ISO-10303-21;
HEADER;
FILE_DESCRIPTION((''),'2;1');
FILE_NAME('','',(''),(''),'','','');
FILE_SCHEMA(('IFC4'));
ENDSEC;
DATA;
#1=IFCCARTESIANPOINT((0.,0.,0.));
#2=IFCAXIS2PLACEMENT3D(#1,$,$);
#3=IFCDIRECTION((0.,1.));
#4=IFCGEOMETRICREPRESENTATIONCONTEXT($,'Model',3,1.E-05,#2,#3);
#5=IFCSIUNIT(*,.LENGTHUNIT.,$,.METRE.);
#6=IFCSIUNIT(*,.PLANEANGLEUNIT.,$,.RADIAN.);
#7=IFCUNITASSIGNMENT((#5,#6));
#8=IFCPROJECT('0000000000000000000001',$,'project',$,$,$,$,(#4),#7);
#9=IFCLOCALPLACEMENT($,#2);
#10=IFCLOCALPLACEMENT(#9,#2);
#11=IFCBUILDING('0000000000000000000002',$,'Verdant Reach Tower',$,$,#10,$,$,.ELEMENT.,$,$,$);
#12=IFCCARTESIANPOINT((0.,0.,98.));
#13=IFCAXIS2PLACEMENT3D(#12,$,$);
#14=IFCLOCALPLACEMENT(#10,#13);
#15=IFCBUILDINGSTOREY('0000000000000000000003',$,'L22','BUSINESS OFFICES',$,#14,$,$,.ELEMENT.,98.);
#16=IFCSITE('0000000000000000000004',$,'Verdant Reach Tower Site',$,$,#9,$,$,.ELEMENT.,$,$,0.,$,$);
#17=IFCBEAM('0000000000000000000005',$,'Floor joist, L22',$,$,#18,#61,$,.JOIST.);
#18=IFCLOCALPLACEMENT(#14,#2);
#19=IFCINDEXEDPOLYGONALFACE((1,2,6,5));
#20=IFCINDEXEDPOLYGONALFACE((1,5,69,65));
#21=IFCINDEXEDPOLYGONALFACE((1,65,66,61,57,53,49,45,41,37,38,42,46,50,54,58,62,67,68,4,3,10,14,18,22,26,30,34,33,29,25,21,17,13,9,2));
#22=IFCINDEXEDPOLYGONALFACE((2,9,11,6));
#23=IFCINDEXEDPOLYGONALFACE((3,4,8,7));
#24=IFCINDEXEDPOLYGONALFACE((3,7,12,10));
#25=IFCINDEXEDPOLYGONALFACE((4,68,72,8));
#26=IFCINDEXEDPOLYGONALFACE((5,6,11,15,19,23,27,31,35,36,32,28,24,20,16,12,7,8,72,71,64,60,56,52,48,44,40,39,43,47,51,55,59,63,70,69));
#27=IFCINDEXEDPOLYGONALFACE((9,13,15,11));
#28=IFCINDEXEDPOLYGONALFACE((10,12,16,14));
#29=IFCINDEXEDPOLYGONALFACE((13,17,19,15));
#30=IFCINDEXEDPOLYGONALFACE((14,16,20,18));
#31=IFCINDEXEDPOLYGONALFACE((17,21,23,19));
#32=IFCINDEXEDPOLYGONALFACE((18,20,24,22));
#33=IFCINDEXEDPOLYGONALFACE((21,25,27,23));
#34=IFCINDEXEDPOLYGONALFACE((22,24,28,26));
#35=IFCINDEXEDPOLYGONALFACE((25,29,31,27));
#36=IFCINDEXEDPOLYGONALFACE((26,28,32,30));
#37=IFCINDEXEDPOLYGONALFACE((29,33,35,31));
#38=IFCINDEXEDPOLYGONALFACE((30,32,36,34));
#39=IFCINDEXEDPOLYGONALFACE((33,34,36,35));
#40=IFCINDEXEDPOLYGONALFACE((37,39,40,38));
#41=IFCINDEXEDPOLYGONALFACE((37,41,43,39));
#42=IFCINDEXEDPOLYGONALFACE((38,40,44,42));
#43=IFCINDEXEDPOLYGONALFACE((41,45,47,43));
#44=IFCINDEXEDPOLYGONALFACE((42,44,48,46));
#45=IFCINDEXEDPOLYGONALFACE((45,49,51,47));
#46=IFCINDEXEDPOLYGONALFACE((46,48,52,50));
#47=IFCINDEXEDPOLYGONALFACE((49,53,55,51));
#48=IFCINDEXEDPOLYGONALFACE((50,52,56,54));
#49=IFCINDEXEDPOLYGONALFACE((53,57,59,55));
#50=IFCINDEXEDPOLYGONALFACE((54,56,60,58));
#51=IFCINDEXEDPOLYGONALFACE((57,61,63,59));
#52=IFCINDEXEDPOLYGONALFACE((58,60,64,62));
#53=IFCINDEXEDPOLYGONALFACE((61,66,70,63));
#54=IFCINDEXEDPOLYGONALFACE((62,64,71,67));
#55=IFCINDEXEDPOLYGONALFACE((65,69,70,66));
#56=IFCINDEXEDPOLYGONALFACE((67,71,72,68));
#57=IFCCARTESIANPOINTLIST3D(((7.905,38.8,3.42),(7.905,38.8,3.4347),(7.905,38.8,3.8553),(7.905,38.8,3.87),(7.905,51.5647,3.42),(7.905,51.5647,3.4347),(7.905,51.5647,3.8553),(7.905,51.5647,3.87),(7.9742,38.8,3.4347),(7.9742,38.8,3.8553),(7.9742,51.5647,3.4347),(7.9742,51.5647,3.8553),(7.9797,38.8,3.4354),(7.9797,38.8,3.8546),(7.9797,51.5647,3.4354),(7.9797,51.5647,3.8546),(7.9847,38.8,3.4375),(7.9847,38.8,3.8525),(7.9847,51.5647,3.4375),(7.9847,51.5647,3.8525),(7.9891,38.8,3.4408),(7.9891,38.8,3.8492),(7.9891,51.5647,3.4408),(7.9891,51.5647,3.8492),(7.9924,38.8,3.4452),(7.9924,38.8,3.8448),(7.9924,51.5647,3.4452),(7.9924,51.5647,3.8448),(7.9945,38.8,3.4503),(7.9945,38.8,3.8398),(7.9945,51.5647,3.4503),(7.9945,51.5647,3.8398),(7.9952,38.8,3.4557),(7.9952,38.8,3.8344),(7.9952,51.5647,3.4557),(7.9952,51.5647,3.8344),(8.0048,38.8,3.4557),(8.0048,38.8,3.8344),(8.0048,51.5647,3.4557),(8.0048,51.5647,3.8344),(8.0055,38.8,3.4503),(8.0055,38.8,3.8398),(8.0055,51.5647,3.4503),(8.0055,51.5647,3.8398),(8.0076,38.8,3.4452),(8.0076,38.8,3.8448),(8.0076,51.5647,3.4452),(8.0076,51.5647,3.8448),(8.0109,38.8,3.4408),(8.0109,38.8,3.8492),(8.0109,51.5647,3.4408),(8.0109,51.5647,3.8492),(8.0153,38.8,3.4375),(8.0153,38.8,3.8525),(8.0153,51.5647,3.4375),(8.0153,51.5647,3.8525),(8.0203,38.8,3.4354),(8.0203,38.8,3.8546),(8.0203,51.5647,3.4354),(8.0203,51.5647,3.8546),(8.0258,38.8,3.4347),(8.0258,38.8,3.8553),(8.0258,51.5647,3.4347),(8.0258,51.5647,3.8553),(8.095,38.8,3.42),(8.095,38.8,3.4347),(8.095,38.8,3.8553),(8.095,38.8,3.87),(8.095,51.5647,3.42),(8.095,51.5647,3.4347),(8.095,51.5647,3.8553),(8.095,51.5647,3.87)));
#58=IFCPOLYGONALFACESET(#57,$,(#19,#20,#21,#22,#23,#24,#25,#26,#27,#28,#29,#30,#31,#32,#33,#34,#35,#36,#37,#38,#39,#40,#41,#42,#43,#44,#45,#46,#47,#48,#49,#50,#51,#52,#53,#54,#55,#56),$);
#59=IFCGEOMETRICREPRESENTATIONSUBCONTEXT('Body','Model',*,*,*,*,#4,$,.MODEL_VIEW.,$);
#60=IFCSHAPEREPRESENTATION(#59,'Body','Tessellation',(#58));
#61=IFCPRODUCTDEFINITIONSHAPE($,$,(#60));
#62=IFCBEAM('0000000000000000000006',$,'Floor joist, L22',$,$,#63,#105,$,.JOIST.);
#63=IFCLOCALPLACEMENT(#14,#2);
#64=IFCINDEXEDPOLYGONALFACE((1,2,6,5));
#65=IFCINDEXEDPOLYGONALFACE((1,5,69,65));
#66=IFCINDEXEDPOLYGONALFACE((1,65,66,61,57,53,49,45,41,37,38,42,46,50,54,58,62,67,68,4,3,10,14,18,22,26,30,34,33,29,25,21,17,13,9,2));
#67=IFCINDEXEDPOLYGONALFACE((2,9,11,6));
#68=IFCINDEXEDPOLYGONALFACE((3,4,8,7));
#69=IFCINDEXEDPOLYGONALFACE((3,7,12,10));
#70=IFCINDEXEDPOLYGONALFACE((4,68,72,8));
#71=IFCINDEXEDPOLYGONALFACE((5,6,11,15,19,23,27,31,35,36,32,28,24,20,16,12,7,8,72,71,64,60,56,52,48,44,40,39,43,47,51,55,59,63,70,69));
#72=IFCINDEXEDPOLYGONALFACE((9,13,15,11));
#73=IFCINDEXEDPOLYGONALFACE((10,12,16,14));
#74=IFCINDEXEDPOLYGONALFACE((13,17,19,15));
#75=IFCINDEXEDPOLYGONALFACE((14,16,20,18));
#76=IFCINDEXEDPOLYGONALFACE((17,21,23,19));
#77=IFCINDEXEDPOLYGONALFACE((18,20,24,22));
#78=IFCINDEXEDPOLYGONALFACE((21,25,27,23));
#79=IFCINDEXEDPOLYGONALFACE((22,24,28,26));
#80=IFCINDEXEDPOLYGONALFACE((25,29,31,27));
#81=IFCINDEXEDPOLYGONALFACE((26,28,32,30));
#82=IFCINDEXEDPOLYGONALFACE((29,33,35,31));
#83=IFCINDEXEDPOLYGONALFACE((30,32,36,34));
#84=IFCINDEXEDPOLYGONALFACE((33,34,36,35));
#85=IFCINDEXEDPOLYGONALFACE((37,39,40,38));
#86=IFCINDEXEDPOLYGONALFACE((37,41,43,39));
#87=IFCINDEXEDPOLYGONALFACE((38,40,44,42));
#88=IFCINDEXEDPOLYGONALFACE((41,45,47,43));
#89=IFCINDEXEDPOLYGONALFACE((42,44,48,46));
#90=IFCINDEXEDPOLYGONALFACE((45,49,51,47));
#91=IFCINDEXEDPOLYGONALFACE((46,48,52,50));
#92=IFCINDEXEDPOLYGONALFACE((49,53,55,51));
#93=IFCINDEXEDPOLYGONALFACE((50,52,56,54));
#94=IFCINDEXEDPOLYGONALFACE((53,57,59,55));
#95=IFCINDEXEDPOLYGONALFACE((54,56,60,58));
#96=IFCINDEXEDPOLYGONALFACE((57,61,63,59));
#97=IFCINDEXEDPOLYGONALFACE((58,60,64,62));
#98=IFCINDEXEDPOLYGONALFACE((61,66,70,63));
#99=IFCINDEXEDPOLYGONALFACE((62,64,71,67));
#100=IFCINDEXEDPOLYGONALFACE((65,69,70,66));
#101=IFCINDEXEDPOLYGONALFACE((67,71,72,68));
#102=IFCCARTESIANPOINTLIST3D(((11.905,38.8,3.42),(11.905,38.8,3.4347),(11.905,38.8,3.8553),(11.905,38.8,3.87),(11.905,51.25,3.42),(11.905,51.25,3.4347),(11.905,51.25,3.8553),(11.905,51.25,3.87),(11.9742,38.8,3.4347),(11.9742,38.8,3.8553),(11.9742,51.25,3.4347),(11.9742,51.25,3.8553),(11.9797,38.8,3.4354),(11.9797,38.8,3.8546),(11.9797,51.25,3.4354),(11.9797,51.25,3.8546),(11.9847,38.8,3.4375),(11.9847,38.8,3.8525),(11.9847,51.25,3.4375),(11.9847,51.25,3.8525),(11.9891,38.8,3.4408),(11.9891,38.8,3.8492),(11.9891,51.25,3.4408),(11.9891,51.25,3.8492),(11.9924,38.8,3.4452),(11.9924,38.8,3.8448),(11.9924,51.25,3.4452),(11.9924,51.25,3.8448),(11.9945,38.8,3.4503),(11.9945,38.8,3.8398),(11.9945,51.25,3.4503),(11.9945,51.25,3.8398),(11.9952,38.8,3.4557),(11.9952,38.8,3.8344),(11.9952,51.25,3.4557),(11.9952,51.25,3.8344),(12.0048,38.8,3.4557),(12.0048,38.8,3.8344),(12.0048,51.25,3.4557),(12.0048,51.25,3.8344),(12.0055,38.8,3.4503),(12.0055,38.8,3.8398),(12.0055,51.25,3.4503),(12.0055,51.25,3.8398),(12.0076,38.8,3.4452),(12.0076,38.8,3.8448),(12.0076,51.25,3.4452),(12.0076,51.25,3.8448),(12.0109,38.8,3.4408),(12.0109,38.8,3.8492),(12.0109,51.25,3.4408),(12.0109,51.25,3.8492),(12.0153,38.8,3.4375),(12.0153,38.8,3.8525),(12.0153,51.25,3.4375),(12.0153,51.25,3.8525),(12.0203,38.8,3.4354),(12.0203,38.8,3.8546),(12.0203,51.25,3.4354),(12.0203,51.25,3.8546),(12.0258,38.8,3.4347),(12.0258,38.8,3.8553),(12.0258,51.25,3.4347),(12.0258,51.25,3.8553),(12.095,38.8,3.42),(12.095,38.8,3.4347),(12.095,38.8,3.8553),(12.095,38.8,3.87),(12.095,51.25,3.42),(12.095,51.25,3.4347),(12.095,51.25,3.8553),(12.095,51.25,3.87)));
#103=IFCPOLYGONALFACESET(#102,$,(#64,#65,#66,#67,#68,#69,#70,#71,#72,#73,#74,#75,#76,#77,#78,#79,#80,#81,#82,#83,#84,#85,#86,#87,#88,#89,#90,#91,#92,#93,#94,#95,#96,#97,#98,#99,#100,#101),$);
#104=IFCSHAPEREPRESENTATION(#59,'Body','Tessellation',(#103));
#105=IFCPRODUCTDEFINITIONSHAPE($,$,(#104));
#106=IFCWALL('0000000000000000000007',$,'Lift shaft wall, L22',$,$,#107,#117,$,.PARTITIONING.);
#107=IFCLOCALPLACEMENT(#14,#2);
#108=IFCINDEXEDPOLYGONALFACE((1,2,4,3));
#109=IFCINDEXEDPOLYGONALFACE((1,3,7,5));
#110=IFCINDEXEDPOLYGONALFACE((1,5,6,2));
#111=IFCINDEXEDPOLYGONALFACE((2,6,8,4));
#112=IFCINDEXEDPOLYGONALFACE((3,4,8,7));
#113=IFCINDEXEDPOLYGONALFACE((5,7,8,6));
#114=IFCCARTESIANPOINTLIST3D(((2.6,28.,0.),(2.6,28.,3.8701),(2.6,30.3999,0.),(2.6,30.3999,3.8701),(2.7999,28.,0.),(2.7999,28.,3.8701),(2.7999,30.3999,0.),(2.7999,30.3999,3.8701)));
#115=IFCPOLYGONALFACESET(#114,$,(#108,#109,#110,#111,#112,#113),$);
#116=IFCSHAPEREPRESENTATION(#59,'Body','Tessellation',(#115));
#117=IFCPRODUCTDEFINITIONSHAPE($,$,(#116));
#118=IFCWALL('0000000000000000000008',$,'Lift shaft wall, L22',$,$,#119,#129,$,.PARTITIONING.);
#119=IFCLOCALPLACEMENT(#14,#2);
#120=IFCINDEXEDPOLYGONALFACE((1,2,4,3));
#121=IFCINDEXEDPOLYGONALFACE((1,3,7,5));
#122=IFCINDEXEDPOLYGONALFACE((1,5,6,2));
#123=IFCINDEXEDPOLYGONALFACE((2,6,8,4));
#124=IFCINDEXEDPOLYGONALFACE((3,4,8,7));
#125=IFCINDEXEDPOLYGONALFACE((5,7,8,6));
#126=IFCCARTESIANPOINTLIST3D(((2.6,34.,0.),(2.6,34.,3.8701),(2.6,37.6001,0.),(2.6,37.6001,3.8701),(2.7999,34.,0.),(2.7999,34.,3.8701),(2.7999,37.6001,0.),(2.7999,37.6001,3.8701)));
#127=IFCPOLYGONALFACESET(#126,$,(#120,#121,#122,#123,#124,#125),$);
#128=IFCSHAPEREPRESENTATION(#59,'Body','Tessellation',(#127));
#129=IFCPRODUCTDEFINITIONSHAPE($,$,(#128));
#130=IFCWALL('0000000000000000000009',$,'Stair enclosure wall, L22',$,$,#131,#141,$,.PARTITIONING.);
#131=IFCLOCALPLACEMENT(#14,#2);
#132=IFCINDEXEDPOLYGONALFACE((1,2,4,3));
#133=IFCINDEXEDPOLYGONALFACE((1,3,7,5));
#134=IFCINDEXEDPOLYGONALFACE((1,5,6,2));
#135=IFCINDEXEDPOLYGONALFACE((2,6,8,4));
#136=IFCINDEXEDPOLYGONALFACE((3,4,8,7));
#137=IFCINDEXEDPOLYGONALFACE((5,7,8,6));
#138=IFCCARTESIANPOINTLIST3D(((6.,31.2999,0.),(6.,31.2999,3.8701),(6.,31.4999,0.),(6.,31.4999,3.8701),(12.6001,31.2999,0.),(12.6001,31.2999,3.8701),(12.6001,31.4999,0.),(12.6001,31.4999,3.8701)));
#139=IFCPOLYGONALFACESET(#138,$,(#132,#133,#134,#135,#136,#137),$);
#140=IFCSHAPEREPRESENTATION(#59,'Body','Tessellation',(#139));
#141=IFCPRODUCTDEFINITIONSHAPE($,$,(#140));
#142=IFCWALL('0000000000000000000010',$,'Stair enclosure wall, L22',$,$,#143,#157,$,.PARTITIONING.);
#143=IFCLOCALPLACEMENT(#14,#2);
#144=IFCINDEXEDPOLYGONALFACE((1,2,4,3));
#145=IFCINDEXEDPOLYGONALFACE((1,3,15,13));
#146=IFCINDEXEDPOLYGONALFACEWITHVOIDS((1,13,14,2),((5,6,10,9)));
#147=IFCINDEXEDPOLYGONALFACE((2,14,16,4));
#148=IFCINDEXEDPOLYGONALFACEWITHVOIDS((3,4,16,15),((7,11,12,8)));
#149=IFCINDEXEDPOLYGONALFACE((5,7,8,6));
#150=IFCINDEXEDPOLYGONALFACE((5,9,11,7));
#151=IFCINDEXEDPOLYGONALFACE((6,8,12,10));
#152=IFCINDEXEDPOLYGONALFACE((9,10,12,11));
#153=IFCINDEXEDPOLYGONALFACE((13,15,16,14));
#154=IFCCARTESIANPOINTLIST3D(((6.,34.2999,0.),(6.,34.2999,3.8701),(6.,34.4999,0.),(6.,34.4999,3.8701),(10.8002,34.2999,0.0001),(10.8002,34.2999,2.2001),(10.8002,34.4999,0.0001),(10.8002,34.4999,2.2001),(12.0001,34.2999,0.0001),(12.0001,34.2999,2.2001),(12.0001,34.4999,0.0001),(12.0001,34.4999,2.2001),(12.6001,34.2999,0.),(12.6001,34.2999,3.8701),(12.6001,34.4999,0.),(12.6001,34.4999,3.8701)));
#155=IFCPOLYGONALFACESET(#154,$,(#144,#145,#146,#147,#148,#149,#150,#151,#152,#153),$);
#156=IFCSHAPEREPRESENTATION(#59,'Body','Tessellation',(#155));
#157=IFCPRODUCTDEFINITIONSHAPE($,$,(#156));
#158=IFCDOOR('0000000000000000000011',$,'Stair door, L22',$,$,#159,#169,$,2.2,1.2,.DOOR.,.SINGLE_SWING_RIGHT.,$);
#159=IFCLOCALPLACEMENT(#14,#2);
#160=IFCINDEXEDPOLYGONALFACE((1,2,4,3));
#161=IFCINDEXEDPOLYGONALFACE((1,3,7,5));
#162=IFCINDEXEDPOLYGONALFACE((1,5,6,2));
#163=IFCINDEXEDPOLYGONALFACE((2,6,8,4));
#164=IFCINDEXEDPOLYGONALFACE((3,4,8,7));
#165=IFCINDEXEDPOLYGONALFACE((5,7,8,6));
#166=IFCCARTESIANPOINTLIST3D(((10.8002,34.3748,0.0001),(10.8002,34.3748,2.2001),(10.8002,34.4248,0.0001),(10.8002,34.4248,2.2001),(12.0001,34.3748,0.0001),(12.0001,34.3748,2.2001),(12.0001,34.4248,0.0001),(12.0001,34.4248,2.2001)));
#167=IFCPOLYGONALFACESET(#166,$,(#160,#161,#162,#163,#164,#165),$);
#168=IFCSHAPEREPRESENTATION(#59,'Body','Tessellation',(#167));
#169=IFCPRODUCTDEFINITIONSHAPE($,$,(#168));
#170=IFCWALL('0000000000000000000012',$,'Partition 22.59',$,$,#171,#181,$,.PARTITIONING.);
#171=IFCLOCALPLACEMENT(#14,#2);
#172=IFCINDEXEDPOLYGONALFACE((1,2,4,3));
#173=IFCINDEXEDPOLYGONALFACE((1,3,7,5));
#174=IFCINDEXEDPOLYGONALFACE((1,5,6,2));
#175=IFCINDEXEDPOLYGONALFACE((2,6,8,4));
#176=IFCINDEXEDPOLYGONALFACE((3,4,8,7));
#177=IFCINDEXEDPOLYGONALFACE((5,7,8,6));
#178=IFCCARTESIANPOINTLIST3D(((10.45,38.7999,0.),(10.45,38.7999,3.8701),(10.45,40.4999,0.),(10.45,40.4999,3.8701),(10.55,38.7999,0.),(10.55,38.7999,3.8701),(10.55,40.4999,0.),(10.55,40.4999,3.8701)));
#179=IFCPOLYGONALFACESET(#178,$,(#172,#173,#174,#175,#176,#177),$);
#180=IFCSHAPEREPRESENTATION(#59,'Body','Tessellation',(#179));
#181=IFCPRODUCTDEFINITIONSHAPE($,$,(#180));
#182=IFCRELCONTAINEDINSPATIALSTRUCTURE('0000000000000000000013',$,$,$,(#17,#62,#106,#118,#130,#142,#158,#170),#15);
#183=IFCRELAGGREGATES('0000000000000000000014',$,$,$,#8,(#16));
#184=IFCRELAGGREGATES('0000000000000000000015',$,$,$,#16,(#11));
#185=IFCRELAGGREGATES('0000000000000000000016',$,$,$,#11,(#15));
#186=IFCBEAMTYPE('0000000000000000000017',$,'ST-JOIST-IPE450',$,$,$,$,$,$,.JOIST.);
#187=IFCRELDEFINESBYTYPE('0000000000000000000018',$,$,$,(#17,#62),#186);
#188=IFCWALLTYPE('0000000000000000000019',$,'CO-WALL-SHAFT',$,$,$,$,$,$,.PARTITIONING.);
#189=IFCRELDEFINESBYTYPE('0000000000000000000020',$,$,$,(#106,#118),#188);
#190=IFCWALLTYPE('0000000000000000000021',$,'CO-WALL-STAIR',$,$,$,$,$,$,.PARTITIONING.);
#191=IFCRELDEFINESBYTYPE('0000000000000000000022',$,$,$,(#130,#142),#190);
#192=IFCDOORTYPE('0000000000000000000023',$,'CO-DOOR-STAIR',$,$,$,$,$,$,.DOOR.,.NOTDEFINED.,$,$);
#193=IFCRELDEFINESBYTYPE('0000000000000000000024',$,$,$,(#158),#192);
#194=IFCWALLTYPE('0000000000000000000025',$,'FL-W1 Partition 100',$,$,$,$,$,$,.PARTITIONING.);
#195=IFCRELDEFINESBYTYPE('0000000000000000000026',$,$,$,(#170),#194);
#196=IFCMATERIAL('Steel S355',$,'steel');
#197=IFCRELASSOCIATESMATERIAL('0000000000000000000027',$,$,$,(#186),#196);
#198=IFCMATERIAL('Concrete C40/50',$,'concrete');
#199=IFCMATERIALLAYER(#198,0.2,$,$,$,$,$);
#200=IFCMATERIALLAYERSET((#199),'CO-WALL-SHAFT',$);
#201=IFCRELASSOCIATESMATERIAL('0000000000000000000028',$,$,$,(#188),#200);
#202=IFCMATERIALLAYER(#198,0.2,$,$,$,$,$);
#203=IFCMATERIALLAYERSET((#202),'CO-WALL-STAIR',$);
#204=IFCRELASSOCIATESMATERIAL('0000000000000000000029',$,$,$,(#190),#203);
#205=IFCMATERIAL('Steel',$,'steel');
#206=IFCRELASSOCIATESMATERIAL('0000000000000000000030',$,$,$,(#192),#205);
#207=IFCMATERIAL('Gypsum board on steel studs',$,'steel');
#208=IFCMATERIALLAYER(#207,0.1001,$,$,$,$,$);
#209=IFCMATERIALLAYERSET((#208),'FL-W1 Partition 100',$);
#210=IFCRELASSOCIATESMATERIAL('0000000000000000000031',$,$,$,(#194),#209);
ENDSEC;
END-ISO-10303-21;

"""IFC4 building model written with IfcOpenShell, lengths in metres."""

from ifc_helpers import new_model, si_unit, direction, frame, frame_2d, origin, origin_2d, place, context, subcontext, project, spatial, rectangle, i_section, extrude, material, layer, layer_set, material_profile, profile_set, type_object, element, fill, save


model = new_model("IFC4")

# Units and contexts
model_context = context("Model", 3, precision=1e-05, world=origin(), true_north=direction((0.0, 1.0)))
body_context = subcontext(model_context, "Body", "Model", "MODEL_VIEW")
ifc_project = project(units=[si_unit("LENGTHUNIT", "METRE"), si_unit("PLANEANGLEUNIT", "RADIAN")], contexts=[model_context])

# Site, building, storey
site_placement = place(None, origin())
site = spatial("IfcSite", under=ifc_project, at=site_placement, Name="Verdant Reach Tower Site", CompositionType="ELEMENT", RefElevation=0.0)
building_placement = place(site_placement, origin())
building = spatial("IfcBuilding", under=site, at=building_placement, Name="Verdant Reach Tower", CompositionType="ELEMENT")
storey_placement = place(building_placement, frame((0.0, 0.0, 98.0)))
storey = spatial("IfcBuildingStorey", under=building, at=storey_placement, Name="L22", Description="BUSINESS OFFICES", CompositionType="ELEMENT", Elevation=98.0)

# Beams
ifc_material_1 = material(Name="Steel S355", Category="steel")
ifc_material_profile_1 = material_profile(ifc_material_1, i_section(OverallWidth=0.1899, OverallDepth=0.45, WebThickness=0.0095, FlangeThickness=0.0146, FilletRadius=0.021, at=origin_2d()), Name="IPE 450")
ifc_profile_set_1 = profile_set([ifc_material_profile_1], Name="Steel S355")
beam_type_1 = type_object("IfcBeamType", Name="ST-JOIST-IPE450", PredefinedType="JOIST", material=ifc_profile_set_1)
beam_1_placement = place(storey_placement, frame((8.0, 38.8, 3.645), z_axis=(0.0, 1.0, 0.0), x_axis=(-1.0, 0.0, 0.0)))
element("IfcBeam", 1, at=beam_1_placement, inside=storey, type_object=beam_type_1, Name="Floor joist, L22", PredefinedType="JOIST", context=body_context, shape_type="SweptSolid", body=[
    extrude(i_section(OverallWidth=0.1899, OverallDepth=0.45, WebThickness=0.0095, FlangeThickness=0.0146, FilletRadius=0.021, at=origin_2d()), origin(), (0.0, 0.0, 1.0), 12.7646),
])
beam_2_placement = place(storey_placement, frame((12.0, 38.8, 3.645), z_axis=(0.0, 1.0, 0.0), x_axis=(-1.0, 0.0, 0.0)))
element("IfcBeam", 2, at=beam_2_placement, inside=storey, type_object=beam_type_1, Name="Floor joist, L22", PredefinedType="JOIST", context=body_context, shape_type="SweptSolid", body=[
    extrude(i_section(OverallWidth=0.1899, OverallDepth=0.45, WebThickness=0.0095, FlangeThickness=0.0146, FilletRadius=0.021, at=origin_2d()), origin(), (0.0, 0.0, 1.0), 12.45),
])

# Walls
ifc_material_2 = material(Name="Concrete C40/50", Category="concrete")
ifc_layer_1 = layer(ifc_material_2, 0.2)
ifc_layer_set_1 = layer_set([ifc_layer_1], Name="CO-WALL-SHAFT")
wall_type_1 = type_object("IfcWallType", Name="CO-WALL-SHAFT", PredefinedType="PARTITIONING", material=ifc_layer_set_1)
wall_1_placement = place(storey_placement, frame((2.7, 28.0, 0.0), z_axis=(0.0, 0.0, 1.0), x_axis=(0.0, 1.0, 0.0)))
element("IfcWall", 3, at=wall_1_placement, inside=storey, type_object=wall_type_1, Name="Lift shaft wall, L22", PredefinedType="PARTITIONING", context=body_context, shape_type="SweptSolid", body=[
    extrude(rectangle(XDim=2.3999, YDim=0.2, at=frame_2d((1.2, 0.0))), origin(), (0.0, 0.0, 1.0), 3.8701),
])
wall_2_placement = place(storey_placement, frame((2.7, 34.0, 0.0), z_axis=(0.0, 0.0, 1.0), x_axis=(0.0, 1.0, 0.0)))
element("IfcWall", 4, at=wall_2_placement, inside=storey, type_object=wall_type_1, Name="Lift shaft wall, L22", PredefinedType="PARTITIONING", context=body_context, shape_type="SweptSolid", body=[
    extrude(rectangle(XDim=3.6001, YDim=0.2, at=frame_2d((1.8, 0.0))), origin(), (0.0, 0.0, 1.0), 3.8701),
])
ifc_layer_2 = layer(ifc_material_2, 0.2)
ifc_layer_set_2 = layer_set([ifc_layer_2], Name="CO-WALL-STAIR")
wall_type_2 = type_object("IfcWallType", Name="CO-WALL-STAIR", PredefinedType="PARTITIONING", material=ifc_layer_set_2)
wall_3_placement = place(storey_placement, frame((6.0, 31.3999, 0.0), z_axis=(0.0, 0.0, 1.0), x_axis=(1.0, 0.0, 0.0)))
element("IfcWall", 5, at=wall_3_placement, inside=storey, type_object=wall_type_2, Name="Stair enclosure wall, L22", PredefinedType="PARTITIONING", context=body_context, shape_type="SweptSolid", body=[
    extrude(rectangle(XDim=6.6001, YDim=0.2, at=frame_2d((3.3, 0.0))), origin(), (0.0, 0.0, 1.0), 3.8701),
])

# Wall, opening, door
wall_4_placement = place(storey_placement, frame((6.0, 34.3999, 0.0), z_axis=(0.0, 0.0, 1.0), x_axis=(1.0, 0.0, 0.0)))
wall_4 = element("IfcWall", 6, at=wall_4_placement, inside=storey, type_object=wall_type_2, Name="Stair enclosure wall, L22", PredefinedType="PARTITIONING", context=body_context, shape_type="SweptSolid", body=[
    extrude(rectangle(XDim=6.6001, YDim=0.2, at=frame_2d((3.3, 0.0))), origin(), (0.0, 0.0, 1.0), 3.8701),
])
opening_1_placement = place(wall_4_placement, frame((4.8, 0.0, 0.0)))
opening_1 = element("IfcOpeningElement", 7, at=opening_1_placement, cuts=wall_4, PredefinedType="OPENING", context=body_context, shape_type="SweptSolid", body=[
    extrude(rectangle(XDim=1.2, YDim=2.2, at=frame_2d((0.6001, 1.1001))), frame((0.0, 0.1099, 0.0), z_axis=(0.0, -1.0, 0.0), x_axis=(1.0, 0.0, 0.0)), (0.0, 0.0, 1.0), 0.22),
])
ifc_material_3 = material(Name="Steel", Category="steel")
door_type_1 = type_object("IfcDoorType", Name="CO-DOOR-STAIR", OperationType="NOTDEFINED", PredefinedType="DOOR", material=ifc_material_3)
door_1_placement = place(opening_1_placement, origin())
door_1 = element("IfcDoor", 8, at=door_1_placement, inside=storey, type_object=door_type_1, Name="Stair door, L22", OperationType="SINGLE_SWING_RIGHT", OverallHeight=2.2, OverallWidth=1.2, PredefinedType="DOOR", context=body_context, shape_type="SweptSolid", body=[
    extrude(rectangle(XDim=1.2, YDim=2.2, at=frame_2d((0.6001, 1.1001))), frame((0.0, 0.0249, 0.0), z_axis=(0.0, -1.0, 0.0), x_axis=(1.0, 0.0, 0.0)), (0.0, 0.0, 1.0), 0.05),
])
fill(opening_1, door_1)

# Wall
ifc_material_4 = material(Name="Gypsum board on steel studs", Category="steel")
ifc_layer_3 = layer(ifc_material_4, 0.1001)
ifc_layer_set_3 = layer_set([ifc_layer_3], Name="FL-W1 Partition 100")
wall_type_3 = type_object("IfcWallType", Name="FL-W1 Partition 100", PredefinedType="PARTITIONING", material=ifc_layer_set_3)
wall_5_placement = place(storey_placement, frame((10.5, 40.5, 0.0), z_axis=(0.0, 0.0, 1.0), x_axis=(0.0, -1.0, 0.0)))
element("IfcWall", 9, at=wall_5_placement, inside=storey, type_object=wall_type_3, Name="Partition 22.59", PredefinedType="PARTITIONING", context=body_context, shape_type="SweptSolid", body=[
    extrude(rectangle(XDim=1.7, YDim=0.1001, at=frame_2d((0.8501, 0.0))), origin(), (0.0, 0.0, 1.0), 3.8701),
])

save(model, "model.ifc")
